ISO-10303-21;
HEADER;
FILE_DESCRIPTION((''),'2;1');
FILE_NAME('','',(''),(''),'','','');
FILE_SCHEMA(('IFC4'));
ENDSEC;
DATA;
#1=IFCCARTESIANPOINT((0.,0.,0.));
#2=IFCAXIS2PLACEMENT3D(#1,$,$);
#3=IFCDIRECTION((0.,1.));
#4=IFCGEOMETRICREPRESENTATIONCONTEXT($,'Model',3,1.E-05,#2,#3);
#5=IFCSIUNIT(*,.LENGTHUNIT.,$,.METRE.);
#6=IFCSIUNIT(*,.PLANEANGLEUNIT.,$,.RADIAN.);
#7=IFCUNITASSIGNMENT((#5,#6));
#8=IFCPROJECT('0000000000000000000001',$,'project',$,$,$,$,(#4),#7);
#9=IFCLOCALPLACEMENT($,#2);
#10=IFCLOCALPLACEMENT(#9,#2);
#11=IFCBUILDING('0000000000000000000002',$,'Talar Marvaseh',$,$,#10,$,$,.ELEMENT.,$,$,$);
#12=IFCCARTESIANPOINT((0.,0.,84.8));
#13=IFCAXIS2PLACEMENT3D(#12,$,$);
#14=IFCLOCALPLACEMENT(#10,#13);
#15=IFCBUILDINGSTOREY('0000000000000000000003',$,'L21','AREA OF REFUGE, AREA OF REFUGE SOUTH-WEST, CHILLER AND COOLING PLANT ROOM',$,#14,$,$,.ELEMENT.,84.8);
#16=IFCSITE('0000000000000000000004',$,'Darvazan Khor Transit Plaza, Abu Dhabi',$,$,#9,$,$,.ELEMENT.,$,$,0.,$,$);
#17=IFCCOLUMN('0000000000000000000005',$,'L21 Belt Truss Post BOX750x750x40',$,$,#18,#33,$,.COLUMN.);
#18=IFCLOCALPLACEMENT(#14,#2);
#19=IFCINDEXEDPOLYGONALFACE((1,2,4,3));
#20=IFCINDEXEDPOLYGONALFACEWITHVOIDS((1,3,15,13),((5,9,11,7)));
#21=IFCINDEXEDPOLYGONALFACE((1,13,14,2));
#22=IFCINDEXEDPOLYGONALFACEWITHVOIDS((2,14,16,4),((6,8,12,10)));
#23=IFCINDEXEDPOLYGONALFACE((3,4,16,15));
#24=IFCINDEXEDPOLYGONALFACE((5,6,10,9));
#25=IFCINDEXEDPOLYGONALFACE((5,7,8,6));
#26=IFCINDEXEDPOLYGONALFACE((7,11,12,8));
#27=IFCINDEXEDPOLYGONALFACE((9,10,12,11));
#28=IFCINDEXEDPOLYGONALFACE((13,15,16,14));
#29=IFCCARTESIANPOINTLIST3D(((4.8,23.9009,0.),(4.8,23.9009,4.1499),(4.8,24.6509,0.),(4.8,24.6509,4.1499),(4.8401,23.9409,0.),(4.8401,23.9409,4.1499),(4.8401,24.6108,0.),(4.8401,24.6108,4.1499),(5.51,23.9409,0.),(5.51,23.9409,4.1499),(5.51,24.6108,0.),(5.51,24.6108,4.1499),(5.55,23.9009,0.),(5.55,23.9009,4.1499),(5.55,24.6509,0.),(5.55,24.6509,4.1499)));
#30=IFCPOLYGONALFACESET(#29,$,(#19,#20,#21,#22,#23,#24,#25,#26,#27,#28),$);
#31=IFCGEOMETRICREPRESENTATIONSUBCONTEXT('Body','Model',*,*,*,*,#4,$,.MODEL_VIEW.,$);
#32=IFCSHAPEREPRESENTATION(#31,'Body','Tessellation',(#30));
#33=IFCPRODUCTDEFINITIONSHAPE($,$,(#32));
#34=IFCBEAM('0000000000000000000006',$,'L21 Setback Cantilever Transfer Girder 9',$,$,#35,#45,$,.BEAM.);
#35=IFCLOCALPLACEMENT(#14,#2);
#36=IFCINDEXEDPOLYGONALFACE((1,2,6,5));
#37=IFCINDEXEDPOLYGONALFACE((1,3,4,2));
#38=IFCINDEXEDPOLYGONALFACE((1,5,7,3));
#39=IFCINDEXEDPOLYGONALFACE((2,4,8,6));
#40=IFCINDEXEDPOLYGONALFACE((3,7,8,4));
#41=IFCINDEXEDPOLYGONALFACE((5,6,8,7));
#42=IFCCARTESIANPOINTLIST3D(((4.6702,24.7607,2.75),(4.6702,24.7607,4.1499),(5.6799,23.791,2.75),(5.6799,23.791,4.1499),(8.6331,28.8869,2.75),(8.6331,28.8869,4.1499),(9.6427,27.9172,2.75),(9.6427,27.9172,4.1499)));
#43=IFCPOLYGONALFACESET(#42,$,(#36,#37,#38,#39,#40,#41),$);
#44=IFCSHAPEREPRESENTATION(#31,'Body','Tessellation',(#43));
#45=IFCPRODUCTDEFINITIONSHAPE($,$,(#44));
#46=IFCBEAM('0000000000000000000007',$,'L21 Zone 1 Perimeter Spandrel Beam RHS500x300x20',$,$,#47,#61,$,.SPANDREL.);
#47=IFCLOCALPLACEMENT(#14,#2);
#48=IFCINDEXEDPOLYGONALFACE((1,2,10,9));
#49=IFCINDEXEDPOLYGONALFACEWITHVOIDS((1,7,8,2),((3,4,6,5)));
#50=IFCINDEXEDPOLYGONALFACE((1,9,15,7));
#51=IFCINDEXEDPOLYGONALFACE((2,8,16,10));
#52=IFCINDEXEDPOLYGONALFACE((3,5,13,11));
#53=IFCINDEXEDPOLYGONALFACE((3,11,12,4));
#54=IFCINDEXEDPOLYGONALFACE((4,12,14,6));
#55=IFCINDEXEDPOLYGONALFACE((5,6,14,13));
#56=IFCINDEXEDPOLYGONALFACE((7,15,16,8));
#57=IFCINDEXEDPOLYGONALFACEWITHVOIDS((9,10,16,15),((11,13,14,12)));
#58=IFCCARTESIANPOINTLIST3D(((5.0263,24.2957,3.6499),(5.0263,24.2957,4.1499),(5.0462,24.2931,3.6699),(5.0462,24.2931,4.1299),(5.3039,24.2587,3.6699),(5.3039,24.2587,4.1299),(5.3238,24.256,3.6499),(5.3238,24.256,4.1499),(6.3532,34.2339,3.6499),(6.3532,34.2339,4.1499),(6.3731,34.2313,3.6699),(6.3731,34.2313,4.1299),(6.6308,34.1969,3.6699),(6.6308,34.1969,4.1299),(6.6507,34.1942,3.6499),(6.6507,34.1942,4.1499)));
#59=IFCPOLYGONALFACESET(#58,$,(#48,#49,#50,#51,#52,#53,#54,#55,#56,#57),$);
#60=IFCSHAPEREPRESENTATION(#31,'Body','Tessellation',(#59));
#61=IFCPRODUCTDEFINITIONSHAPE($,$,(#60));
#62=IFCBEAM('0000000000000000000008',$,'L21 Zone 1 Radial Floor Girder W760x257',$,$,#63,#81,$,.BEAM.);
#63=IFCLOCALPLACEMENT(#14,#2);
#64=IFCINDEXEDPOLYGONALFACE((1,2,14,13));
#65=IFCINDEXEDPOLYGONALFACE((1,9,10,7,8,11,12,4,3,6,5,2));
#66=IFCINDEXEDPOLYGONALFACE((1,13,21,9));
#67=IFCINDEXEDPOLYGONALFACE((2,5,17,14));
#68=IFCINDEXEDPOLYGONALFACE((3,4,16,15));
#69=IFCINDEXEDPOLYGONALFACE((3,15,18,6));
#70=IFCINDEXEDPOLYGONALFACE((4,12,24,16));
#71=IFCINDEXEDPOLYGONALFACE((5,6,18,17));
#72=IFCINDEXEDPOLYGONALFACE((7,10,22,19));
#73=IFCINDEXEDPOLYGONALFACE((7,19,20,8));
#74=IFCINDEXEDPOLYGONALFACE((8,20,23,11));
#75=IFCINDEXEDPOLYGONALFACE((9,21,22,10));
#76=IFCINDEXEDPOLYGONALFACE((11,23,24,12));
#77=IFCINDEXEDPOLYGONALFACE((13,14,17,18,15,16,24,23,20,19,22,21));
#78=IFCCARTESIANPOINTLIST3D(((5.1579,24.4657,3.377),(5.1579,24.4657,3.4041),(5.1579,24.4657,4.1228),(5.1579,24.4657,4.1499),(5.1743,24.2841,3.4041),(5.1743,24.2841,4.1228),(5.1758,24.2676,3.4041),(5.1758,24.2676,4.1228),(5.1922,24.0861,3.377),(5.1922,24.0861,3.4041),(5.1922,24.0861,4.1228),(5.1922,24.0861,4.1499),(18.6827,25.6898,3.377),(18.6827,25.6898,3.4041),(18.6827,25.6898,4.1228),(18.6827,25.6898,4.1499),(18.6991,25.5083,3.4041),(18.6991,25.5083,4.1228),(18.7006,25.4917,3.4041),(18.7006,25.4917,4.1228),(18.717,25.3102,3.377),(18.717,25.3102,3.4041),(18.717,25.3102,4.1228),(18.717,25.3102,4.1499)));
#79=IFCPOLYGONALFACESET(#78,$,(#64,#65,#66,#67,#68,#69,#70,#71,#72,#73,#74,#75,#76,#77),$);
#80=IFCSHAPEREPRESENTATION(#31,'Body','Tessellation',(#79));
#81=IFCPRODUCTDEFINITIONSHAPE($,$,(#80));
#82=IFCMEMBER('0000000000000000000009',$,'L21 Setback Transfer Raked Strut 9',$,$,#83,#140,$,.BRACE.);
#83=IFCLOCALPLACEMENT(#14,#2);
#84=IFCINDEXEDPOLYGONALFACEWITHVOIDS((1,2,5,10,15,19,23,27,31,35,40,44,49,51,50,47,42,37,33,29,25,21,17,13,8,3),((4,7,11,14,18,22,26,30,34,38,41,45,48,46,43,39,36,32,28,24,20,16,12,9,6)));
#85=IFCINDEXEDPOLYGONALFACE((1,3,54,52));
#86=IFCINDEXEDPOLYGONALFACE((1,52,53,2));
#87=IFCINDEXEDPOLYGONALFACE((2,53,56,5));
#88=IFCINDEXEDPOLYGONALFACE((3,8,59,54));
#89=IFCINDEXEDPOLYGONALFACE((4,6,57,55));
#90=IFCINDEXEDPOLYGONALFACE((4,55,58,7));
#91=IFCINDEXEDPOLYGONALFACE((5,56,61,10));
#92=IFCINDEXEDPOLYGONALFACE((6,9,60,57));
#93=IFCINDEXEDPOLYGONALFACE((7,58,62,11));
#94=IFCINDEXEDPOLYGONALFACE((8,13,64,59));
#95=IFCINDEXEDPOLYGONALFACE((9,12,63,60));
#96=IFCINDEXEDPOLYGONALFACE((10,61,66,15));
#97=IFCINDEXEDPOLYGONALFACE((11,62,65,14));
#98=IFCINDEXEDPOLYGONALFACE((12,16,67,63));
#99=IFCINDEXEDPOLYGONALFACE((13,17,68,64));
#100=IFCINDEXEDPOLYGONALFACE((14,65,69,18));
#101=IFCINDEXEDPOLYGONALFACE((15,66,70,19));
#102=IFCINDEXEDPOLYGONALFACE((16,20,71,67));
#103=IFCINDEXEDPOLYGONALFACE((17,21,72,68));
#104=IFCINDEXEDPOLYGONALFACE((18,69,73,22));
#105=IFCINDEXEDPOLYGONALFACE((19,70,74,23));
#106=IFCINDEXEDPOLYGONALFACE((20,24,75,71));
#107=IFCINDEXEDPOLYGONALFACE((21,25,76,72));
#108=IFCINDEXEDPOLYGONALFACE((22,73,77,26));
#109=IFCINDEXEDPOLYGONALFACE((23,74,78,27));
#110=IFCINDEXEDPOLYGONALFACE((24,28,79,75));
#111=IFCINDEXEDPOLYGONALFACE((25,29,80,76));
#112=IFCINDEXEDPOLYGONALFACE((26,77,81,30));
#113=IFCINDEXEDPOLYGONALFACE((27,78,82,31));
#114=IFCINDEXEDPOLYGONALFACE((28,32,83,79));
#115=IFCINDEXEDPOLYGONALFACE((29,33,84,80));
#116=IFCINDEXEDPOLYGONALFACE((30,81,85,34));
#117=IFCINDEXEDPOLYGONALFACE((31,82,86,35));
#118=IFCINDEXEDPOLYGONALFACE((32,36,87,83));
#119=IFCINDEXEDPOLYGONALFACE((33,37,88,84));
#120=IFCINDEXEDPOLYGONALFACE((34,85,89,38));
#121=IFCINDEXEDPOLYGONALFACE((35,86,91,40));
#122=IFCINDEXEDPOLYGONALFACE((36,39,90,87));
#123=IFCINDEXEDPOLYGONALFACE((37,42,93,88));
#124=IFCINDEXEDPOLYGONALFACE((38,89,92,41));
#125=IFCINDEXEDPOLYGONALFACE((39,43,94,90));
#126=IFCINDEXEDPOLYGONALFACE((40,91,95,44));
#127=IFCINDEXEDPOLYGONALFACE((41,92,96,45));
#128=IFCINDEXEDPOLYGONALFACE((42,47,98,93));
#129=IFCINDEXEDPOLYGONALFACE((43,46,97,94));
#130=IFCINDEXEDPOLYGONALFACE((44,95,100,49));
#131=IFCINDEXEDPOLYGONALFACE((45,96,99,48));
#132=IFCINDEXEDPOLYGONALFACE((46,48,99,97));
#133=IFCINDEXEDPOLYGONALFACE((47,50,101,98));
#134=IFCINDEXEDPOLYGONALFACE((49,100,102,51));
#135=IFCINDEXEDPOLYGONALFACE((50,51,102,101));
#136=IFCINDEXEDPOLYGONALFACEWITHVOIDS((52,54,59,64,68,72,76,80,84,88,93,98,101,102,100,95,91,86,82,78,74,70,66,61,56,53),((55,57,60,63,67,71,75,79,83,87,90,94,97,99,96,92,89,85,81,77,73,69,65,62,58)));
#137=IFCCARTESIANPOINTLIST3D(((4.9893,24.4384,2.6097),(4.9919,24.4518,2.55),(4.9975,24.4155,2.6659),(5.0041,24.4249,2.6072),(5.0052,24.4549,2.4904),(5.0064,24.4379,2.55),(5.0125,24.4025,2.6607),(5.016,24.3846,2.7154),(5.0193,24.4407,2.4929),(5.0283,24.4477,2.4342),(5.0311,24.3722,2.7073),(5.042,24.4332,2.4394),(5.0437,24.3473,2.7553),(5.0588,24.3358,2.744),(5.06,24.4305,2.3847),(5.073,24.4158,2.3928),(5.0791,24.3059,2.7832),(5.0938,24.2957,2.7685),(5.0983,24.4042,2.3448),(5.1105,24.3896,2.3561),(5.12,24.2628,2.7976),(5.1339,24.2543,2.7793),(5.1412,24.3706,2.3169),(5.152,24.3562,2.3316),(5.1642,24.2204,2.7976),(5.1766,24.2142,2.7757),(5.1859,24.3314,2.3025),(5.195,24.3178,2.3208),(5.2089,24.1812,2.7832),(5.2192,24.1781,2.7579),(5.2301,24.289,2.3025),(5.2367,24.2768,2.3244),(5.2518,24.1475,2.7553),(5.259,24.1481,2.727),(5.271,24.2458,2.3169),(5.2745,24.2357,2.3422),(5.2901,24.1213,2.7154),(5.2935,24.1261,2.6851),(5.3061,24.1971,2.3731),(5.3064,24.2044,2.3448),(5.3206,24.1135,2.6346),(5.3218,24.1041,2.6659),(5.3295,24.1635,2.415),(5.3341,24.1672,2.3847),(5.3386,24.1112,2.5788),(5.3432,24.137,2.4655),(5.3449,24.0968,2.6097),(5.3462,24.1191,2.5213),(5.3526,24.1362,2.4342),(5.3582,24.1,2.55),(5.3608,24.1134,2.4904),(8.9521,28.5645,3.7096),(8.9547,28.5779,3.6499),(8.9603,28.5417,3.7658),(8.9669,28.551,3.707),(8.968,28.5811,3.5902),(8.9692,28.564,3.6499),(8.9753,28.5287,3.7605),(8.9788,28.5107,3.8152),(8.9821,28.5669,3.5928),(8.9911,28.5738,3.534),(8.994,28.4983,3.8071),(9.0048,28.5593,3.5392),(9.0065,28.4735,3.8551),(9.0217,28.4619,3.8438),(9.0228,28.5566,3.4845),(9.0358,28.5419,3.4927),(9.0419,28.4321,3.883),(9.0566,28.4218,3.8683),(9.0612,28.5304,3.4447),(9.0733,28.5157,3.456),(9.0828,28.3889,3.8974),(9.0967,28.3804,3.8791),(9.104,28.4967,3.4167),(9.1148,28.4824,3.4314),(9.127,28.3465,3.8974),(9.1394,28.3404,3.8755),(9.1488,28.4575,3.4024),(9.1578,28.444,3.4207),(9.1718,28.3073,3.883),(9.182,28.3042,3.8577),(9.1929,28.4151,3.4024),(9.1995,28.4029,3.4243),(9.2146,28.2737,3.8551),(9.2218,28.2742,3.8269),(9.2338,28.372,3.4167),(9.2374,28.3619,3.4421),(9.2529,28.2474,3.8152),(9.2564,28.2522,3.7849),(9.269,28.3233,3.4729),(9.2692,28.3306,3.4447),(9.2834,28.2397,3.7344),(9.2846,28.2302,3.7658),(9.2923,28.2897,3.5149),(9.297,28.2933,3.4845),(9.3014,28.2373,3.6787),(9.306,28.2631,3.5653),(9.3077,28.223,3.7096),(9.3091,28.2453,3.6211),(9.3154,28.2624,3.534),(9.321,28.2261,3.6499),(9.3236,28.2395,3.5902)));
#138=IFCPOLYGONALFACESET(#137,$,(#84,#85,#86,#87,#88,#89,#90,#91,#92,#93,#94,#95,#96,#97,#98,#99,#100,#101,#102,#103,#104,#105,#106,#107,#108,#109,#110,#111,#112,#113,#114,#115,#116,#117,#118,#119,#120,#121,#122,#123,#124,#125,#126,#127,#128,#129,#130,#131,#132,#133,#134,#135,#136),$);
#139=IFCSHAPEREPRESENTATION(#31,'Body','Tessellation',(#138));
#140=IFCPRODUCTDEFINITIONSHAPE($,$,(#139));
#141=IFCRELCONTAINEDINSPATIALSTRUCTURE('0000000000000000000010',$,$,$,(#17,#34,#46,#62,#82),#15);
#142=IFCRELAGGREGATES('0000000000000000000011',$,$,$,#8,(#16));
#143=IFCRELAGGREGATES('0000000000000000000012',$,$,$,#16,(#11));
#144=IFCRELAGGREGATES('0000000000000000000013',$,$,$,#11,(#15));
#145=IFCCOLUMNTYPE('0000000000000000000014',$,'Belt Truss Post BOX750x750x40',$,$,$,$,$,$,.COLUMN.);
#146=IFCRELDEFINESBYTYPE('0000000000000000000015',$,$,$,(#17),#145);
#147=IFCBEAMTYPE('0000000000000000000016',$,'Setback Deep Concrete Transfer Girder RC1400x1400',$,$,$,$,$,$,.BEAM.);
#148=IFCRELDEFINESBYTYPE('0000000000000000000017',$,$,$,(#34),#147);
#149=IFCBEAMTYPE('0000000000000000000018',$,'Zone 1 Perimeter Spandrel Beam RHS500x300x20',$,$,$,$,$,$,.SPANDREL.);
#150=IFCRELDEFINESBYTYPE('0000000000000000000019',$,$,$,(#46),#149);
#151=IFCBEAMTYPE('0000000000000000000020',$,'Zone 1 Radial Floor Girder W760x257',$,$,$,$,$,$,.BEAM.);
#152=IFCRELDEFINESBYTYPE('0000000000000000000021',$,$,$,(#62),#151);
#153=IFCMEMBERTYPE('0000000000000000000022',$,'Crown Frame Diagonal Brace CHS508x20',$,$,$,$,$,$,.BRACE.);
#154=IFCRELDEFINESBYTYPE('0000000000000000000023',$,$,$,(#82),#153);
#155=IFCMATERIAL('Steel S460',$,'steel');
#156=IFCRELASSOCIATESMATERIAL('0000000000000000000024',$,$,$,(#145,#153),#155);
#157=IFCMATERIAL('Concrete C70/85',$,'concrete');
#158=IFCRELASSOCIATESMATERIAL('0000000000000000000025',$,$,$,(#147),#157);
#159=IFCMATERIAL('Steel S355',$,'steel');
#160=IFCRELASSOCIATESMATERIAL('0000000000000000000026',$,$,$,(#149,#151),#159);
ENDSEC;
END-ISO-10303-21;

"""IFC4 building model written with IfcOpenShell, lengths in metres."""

from ifc_helpers import new_model, si_unit, direction, frame, origin, origin_2d, place, context, subcontext, project, spatial, rectangle, hollow_rectangle, hollow_circle, i_section, extrude, source, transform, mapped, material, material_profile, profile_set, type_object, type_shapes, element, save


model = new_model("IFC4")

# Units and contexts
model_context = context("Model", 3, precision=1e-05, world=origin(), true_north=direction((0.0, 1.0)))
body_context = subcontext(model_context, "Body", "Model", "MODEL_VIEW")
ifc_project = project(units=[si_unit("LENGTHUNIT", "METRE"), si_unit("PLANEANGLEUNIT", "RADIAN")], contexts=[model_context])

# Site, building, storey
site_placement = place(None, origin())
site = spatial("IfcSite", under=ifc_project, at=site_placement, Name="Darvazan Khor Transit Plaza, Abu Dhabi", CompositionType="ELEMENT", RefElevation=0.0)
building_placement = place(site_placement, origin())
building = spatial("IfcBuilding", under=site, at=building_placement, Name="Talar Marvaseh", CompositionType="ELEMENT")
storey_placement = place(building_placement, frame((0.0, 0.0, 84.8)))
storey = spatial("IfcBuildingStorey", under=building, at=storey_placement, Name="L21", Description="AREA OF REFUGE, AREA OF REFUGE SOUTH-WEST, CHILLER AND COOLING PLANT ROOM", CompositionType="ELEMENT", Elevation=84.8)

# Column
ifc_material_1 = material(Name="Steel S460", Category="steel")
ifc_material_profile_1 = material_profile(ifc_material_1, hollow_rectangle(XDim=0.75, YDim=0.75, WallThickness=0.04, at=origin_2d()), Name="BOX750x750x40")
ifc_profile_set_1 = profile_set([ifc_material_profile_1], Name="Steel S460")
column_type = type_object("IfcColumnType", Name="Belt Truss Post BOX750x750x40", PredefinedType="COLUMN", material=ifc_profile_set_1)
column_placement = place(storey_placement, frame((5.175, 24.2759, 0.0), z_axis=(0.0, 0.0, 1.0), x_axis=(1.0, 0.0, 0.0)))
element("IfcColumn", 1, at=column_placement, inside=storey, type_object=column_type, Name="L21 Belt Truss Post BOX750x750x40", PredefinedType="COLUMN", context=body_context, shape_type="SweptSolid", body=[
    extrude(hollow_rectangle(XDim=0.75, YDim=0.75, WallThickness=0.04, at=origin_2d()), origin(), (0.0, 0.0, 1.0), 4.1499),
])

# Beams
ifc_material_2 = material(Name="Concrete C70/85", Category="concrete")
ifc_material_profile_2 = material_profile(ifc_material_2, rectangle(XDim=1.3999, YDim=1.3999, at=origin_2d()), Name="RC1400x1400")
ifc_profile_set_2 = profile_set([ifc_material_profile_2], Name="Concrete C70/85")
beam_type_1 = type_object("IfcBeamType", Name="Setback Deep Concrete Transfer Girder RC1400x1400", PredefinedType="BEAM", material=ifc_profile_set_2)
beam_1_placement = place(storey_placement, frame((5.175, 24.2759, 3.45), z_axis=(0.692688, 0.721237, 0.0), x_axis=(-0.721237, 0.692688, 0.0)))
element("IfcBeam", 2, at=beam_1_placement, inside=storey, type_object=beam_type_1, Name="L21 Setback Cantilever Transfer Girder 9", PredefinedType="BEAM", context=body_context, shape_type="SweptSolid", body=[
    extrude(rectangle(XDim=1.3999, YDim=1.3999, at=origin_2d()), origin(), (0.0, 0.0, 1.0), 5.7209),
])
ifc_material_3 = material(Name="Steel S355", Category="steel")
ifc_material_profile_3 = material_profile(ifc_material_3, hollow_rectangle(XDim=0.3, YDim=0.5, WallThickness=0.02, at=origin_2d()), Name="RHS500x300x20")
ifc_profile_set_3 = profile_set([ifc_material_profile_3], Name="Steel S355")
beam_type_2 = type_object("IfcBeamType", Name="Zone 1 Perimeter Spandrel Beam RHS500x300x20", PredefinedType="SPANDREL", material=ifc_profile_set_3)
beam_2_placement = place(storey_placement, frame((5.175, 24.2759, 3.8999), z_axis=(0.132341, 0.991204, 0.0), x_axis=(-0.991204, 0.132341, 0.0)))
element("IfcBeam", 3, at=beam_2_placement, inside=storey, type_object=beam_type_2, Name="L21 Zone 1 Perimeter Spandrel Beam RHS500x300x20", PredefinedType="SPANDREL", context=body_context, shape_type="SweptSolid", body=[
    extrude(hollow_rectangle(XDim=0.3, YDim=0.5, WallThickness=0.02, at=origin_2d()), origin(), (0.0, 0.0, 1.0), 10.0264),
])
ifc_material_profile_4 = material_profile(ifc_material_3, i_section(OverallWidth=0.3811, OverallDepth=0.7729, WebThickness=0.0166, FlangeThickness=0.0271, at=origin_2d()), Name="W760x257")
ifc_profile_set_4 = profile_set([ifc_material_profile_4], Name="Steel S355")
beam_type_3 = type_object("IfcBeamType", Name="Zone 1 Radial Floor Girder W760x257", PredefinedType="BEAM", material=ifc_profile_set_4)
beam_3_placement = place(storey_placement, frame((5.175, 24.2759, 3.7634), z_axis=(0.995929, 0.09014, 0.0), x_axis=(-0.09014, 0.995929, 0.0)))
element("IfcBeam", 4, at=beam_3_placement, inside=storey, type_object=beam_type_3, Name="L21 Zone 1 Radial Floor Girder W760x257", PredefinedType="BEAM", context=body_context, shape_type="SweptSolid", body=[
    extrude(i_section(OverallWidth=0.3811, OverallDepth=0.7729, WebThickness=0.0166, FlangeThickness=0.0271, at=origin_2d()), origin(), (0.0, 0.0, 1.0), 13.5801),
])

# Member
ifc_material_profile_5 = material_profile(ifc_material_1, hollow_circle(Radius=0.2539, WallThickness=0.02, at=origin_2d()), Name="CHS508x20")
ifc_profile_set_5 = profile_set([ifc_material_profile_5], Name="Steel S460")
member_type_1 = type_object("IfcMemberType", Name="Crown Frame Diagonal Brace CHS508x20", PredefinedType="BRACE", material=ifc_profile_set_5)
shared_shape_1 = source(origin(), body_context, "Body", "SweptSolid", [
    extrude(hollow_circle(Radius=0.2539, WallThickness=0.02, at=origin_2d()), origin(), (0.0, 0.0, 1.0), 5.8257),
])
type_shapes(member_type_1, [shared_shape_1])
member_1_placement = place(storey_placement, frame((5.175, 24.2759, 2.55), z_axis=(0.680232, 0.708268, 0.18879), x_axis=(-0.721237, 0.692688, 0.0)))
element("IfcMember", 5, at=member_1_placement, inside=storey, type_object=member_type_1, Name="L21 Setback Transfer Raked Strut 9", PredefinedType="BRACE", context=body_context, shape_type="MappedRepresentation", body=[
    mapped(shared_shape_1, transform((0.0, 0.0, 0.0), x_axis=(1.0, 0.0, 0.0), y_axis=(0.0, 1.0, 0.0), z_axis=(0.0, 0.0, 1.0), scale=1.0)),
])

save(model, "model.ifc")
